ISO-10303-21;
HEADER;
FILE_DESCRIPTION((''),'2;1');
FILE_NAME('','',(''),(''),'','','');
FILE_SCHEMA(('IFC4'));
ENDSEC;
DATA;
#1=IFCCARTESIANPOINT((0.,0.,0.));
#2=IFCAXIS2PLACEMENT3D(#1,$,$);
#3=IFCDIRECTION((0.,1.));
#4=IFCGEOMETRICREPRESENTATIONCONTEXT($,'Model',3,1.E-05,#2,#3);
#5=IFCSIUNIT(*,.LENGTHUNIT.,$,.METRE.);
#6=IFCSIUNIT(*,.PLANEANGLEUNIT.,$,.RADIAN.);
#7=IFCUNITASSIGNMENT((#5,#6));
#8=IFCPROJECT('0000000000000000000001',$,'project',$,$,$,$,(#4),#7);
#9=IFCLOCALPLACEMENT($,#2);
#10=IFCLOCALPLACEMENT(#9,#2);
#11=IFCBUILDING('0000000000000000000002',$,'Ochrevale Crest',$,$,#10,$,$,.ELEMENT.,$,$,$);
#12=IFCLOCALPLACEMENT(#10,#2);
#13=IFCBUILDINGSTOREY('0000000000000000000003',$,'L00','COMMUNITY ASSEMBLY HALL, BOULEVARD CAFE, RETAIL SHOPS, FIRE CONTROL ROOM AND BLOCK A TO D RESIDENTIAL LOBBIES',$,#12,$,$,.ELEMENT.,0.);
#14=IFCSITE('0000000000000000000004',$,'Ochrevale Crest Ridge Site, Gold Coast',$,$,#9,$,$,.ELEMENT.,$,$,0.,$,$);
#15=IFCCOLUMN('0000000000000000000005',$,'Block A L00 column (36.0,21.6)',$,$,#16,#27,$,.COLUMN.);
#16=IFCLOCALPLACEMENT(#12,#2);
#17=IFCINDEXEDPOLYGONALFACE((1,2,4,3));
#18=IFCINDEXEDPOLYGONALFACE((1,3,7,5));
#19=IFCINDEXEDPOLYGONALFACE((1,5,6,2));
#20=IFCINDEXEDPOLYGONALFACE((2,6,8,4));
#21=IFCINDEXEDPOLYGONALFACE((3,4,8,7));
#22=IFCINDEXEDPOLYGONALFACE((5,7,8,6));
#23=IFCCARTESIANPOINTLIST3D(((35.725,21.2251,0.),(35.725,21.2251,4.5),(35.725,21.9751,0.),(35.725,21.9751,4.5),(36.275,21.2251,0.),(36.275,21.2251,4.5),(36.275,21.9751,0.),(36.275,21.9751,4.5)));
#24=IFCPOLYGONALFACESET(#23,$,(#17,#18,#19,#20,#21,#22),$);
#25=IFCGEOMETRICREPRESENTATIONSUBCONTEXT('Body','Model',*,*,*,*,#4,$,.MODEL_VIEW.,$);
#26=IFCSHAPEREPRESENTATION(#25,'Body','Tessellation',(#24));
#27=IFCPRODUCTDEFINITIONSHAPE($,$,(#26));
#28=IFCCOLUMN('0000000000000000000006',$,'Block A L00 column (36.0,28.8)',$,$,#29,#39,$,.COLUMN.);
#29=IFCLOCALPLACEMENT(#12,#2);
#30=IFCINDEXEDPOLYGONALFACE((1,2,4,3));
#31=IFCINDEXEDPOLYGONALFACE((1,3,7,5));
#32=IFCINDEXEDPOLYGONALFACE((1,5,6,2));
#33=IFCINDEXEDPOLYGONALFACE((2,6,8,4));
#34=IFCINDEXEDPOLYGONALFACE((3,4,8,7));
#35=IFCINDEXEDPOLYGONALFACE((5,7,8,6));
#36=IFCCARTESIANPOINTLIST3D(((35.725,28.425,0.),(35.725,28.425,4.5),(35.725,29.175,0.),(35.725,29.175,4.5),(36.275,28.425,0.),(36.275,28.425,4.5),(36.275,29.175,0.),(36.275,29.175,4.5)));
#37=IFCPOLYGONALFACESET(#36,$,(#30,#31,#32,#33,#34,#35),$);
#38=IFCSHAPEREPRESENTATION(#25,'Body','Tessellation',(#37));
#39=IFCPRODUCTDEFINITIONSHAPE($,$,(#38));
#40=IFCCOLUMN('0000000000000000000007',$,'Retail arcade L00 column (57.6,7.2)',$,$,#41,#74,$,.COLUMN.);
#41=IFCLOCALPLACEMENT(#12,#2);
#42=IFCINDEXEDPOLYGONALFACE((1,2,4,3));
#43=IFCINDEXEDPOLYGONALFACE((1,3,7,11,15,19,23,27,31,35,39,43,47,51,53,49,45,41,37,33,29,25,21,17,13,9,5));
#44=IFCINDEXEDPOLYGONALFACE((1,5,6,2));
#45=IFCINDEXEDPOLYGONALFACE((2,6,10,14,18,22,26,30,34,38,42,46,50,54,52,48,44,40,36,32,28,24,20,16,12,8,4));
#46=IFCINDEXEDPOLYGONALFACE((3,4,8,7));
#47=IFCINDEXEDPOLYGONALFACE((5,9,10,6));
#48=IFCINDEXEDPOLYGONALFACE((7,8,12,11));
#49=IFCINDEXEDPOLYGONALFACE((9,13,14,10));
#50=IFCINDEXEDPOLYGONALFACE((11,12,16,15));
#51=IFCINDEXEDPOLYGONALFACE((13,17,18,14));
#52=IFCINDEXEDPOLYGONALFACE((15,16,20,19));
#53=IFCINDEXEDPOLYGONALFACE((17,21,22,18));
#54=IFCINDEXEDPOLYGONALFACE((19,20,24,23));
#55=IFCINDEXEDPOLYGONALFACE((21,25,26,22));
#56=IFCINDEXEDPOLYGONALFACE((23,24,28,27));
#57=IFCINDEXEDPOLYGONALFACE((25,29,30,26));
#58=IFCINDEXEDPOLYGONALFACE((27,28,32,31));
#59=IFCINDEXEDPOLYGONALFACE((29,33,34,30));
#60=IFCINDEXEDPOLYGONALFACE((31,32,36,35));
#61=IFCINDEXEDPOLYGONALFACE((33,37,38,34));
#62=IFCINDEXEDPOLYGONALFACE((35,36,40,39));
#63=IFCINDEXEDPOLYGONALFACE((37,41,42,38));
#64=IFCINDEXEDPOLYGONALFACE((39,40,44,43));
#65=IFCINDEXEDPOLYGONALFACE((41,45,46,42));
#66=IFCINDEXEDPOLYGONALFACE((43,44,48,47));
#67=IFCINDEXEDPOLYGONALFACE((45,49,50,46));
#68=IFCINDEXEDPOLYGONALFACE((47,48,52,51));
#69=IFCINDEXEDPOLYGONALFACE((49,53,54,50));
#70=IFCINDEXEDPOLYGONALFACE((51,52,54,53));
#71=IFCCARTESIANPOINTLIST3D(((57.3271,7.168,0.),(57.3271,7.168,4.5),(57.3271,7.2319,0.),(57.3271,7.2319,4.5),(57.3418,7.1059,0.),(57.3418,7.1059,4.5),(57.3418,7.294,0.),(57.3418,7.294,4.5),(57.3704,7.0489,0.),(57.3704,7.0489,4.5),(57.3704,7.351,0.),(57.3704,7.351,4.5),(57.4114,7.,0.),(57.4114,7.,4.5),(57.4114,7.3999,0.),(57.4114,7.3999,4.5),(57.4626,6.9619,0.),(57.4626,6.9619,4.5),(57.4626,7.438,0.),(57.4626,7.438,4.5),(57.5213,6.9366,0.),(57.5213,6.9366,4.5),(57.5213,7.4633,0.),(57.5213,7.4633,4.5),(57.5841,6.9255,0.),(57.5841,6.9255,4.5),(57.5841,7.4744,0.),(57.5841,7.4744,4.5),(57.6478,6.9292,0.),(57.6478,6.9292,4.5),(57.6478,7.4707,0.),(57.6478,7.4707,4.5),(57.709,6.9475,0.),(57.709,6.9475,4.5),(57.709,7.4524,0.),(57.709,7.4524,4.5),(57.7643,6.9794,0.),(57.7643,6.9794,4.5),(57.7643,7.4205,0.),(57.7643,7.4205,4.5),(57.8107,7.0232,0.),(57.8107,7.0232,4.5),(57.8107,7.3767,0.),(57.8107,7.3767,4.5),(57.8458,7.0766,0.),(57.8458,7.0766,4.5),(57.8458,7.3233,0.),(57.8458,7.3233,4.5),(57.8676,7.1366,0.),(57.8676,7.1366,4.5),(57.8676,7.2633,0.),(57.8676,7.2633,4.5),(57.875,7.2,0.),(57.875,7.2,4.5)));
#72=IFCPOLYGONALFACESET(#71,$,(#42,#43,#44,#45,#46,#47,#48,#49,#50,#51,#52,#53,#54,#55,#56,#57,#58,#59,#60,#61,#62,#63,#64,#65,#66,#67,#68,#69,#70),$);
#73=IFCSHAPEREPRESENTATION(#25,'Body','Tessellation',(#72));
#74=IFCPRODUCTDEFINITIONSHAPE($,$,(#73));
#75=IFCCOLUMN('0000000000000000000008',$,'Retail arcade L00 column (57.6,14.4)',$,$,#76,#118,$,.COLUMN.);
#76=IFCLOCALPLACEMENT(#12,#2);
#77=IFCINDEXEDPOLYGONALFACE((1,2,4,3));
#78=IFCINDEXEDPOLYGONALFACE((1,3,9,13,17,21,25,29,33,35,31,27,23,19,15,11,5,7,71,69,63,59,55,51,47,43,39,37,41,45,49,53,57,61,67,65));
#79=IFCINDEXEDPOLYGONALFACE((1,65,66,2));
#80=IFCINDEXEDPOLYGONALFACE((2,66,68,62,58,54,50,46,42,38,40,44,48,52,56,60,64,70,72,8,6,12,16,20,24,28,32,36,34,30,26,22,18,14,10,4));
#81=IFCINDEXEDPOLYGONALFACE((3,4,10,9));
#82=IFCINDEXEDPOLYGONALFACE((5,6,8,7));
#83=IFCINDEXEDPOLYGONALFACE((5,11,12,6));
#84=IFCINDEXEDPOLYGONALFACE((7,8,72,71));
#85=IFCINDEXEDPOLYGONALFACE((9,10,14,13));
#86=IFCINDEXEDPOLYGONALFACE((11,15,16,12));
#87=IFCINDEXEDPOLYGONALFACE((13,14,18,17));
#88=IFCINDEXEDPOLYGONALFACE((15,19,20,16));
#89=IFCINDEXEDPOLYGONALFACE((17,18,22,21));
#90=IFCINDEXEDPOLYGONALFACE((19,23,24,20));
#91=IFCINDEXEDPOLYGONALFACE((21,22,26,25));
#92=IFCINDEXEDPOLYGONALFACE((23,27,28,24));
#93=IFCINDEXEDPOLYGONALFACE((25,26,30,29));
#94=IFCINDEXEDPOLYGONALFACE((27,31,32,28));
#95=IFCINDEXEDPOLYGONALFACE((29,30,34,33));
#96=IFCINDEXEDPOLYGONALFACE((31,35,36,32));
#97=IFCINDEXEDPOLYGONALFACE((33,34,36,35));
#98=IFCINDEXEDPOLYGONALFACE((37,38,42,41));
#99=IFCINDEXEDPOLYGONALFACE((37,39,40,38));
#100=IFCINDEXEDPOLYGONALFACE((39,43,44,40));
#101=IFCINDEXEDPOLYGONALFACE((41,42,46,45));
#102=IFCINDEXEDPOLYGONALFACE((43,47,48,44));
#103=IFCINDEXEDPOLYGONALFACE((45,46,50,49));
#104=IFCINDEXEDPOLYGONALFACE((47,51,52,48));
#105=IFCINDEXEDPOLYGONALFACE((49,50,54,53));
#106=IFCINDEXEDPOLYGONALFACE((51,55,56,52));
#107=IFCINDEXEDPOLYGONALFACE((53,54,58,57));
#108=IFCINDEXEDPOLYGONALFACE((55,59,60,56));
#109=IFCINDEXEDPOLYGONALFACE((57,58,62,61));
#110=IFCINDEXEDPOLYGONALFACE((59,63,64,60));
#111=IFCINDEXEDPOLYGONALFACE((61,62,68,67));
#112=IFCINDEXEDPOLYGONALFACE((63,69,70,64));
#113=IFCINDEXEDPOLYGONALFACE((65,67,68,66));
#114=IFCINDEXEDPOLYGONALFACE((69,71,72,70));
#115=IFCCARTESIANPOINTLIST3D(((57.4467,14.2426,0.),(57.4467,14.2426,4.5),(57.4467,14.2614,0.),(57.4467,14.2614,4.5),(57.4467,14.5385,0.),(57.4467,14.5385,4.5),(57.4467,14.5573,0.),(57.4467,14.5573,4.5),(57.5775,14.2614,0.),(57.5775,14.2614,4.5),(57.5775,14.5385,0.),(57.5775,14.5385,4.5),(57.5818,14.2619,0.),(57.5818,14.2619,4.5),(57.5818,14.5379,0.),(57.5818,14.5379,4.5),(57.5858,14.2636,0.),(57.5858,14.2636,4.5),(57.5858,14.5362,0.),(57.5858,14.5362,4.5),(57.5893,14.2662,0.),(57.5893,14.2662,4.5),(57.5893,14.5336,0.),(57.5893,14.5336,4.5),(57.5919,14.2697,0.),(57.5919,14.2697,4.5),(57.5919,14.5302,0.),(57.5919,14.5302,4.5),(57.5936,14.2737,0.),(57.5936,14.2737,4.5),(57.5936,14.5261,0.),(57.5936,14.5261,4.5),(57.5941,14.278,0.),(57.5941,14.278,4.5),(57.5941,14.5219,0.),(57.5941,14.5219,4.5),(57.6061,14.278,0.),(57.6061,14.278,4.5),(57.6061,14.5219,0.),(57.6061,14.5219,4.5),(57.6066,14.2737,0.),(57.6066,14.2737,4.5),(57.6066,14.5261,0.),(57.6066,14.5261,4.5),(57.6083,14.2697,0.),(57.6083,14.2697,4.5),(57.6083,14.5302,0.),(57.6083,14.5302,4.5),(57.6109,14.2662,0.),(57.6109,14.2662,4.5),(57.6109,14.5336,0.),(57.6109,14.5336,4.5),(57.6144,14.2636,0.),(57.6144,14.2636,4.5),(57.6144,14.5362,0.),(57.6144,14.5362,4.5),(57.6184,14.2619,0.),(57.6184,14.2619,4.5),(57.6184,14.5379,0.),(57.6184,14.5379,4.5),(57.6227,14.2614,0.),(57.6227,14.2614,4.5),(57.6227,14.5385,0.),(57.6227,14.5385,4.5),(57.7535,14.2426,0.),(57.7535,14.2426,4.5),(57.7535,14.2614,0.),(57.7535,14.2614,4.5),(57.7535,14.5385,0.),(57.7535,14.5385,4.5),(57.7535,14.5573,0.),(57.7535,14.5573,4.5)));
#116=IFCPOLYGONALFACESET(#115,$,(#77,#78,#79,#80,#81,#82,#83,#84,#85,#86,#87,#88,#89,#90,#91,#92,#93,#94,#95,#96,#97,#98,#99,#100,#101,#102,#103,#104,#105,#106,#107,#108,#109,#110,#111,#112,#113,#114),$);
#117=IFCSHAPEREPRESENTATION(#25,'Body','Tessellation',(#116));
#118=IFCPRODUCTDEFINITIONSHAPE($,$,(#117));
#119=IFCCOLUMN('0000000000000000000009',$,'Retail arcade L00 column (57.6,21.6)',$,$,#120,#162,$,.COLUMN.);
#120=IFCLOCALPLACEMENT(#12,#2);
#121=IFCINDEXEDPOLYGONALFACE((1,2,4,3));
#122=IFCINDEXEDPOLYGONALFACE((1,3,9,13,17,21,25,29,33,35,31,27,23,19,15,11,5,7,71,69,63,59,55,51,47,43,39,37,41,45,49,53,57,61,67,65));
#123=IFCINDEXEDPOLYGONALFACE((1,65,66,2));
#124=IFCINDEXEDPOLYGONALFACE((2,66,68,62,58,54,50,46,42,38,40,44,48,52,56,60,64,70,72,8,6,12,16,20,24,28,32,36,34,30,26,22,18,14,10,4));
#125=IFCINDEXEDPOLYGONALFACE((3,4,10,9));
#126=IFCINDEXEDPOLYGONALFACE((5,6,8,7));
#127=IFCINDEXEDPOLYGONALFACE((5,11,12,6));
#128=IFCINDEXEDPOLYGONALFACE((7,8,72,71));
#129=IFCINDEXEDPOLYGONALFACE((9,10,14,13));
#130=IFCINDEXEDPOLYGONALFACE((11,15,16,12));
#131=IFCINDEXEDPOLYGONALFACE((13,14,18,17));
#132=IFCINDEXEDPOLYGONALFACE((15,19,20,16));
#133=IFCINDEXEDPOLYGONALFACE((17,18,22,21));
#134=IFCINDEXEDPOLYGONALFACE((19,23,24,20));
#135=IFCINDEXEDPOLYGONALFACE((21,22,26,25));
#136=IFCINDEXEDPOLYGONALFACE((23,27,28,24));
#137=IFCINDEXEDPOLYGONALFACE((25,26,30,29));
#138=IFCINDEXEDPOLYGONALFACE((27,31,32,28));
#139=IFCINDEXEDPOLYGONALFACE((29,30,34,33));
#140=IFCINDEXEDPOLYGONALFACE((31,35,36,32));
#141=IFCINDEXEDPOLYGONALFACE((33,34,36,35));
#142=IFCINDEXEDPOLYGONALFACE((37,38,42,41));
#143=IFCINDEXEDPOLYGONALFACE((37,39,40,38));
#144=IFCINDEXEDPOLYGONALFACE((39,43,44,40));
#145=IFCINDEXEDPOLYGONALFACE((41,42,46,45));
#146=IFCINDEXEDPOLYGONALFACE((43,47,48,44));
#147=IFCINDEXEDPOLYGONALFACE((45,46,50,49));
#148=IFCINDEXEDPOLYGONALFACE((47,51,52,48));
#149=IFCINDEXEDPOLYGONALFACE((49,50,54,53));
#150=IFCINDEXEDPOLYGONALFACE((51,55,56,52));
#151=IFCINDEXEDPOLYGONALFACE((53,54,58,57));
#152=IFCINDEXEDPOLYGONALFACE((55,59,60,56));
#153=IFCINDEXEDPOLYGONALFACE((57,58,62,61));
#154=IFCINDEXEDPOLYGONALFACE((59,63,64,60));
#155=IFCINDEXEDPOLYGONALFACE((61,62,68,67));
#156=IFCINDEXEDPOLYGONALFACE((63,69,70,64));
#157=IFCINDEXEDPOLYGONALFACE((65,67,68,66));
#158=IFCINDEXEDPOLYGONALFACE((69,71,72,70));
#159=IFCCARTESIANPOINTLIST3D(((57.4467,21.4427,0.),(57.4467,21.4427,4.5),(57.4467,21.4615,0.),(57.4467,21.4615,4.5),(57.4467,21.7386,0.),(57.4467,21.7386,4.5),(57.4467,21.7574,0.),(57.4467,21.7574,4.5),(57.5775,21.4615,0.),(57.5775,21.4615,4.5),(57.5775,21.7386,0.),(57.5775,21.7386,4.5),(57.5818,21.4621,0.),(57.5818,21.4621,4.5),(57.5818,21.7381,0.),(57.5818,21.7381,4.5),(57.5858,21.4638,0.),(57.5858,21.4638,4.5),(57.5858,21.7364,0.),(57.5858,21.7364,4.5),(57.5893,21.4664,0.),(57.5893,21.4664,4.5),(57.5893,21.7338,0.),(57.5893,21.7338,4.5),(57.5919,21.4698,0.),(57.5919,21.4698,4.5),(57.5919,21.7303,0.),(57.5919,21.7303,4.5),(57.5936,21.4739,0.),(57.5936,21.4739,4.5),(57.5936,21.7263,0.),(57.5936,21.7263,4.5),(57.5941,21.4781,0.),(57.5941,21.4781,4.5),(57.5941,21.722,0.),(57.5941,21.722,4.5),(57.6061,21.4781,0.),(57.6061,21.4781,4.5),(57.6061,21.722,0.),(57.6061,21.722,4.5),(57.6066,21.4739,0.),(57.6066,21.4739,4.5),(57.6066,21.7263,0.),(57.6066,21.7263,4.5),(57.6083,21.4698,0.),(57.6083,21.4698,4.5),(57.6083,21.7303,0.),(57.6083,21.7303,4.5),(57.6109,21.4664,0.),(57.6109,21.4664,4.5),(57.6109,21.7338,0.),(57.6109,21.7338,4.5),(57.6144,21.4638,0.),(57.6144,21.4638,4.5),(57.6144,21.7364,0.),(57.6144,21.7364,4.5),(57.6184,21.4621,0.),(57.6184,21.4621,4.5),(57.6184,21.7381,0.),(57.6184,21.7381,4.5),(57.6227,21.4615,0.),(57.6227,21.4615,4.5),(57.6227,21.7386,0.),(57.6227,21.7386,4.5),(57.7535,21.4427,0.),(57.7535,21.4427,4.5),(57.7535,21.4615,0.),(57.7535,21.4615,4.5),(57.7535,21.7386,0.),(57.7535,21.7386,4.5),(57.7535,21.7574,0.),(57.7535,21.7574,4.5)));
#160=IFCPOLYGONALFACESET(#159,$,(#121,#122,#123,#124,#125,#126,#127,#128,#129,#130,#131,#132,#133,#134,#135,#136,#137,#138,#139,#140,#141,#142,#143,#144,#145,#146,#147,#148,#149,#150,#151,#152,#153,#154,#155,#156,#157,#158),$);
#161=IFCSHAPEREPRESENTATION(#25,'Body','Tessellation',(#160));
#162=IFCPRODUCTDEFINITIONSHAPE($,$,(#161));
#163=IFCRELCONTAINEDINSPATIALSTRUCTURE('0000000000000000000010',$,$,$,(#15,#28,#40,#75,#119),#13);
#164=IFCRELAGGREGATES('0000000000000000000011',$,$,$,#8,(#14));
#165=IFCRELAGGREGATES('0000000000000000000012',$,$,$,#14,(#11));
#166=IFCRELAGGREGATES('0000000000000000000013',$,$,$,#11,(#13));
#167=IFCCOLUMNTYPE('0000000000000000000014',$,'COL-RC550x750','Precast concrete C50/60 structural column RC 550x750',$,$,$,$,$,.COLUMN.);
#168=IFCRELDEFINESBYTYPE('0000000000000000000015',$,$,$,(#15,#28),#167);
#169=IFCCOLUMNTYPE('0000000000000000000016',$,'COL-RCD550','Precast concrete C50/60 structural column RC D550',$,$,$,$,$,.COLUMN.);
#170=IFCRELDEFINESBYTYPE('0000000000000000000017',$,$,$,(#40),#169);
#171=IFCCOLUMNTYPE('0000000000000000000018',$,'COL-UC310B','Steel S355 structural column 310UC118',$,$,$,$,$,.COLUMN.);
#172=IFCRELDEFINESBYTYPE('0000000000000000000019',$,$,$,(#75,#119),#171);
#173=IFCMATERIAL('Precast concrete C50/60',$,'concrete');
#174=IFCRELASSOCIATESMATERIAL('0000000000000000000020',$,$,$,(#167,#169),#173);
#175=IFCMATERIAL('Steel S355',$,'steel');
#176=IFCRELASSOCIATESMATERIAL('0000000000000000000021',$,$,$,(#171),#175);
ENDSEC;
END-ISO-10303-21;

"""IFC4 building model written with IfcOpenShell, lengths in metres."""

from ifc_helpers import new_model, si_unit, direction, frame, origin, origin_2d, place, context, subcontext, project, spatial, rectangle, circle, i_section, extrude, material, material_profile, profile_set, type_object, element, save


model = new_model("IFC4")

# Units and contexts
model_context = context("Model", 3, precision=1e-05, world=origin(), true_north=direction((0.0, 1.0)))
body_context = subcontext(model_context, "Body", "Model", "MODEL_VIEW")
ifc_project = project(units=[si_unit("LENGTHUNIT", "METRE"), si_unit("PLANEANGLEUNIT", "RADIAN")], contexts=[model_context])

# Site, building, storey
site_placement = place(None, origin())
site = spatial("IfcSite", under=ifc_project, at=site_placement, Name="Ochrevale Crest Ridge Site, Gold Coast", CompositionType="ELEMENT", RefElevation=0.0)
building_placement = place(site_placement, origin())
building = spatial("IfcBuilding", under=site, at=building_placement, Name="Ochrevale Crest", CompositionType="ELEMENT")
storey_placement = place(building_placement, origin())
storey = spatial("IfcBuildingStorey", under=building, at=storey_placement, Name="L00", Description="COMMUNITY ASSEMBLY HALL, BOULEVARD CAFE, RETAIL SHOPS, FIRE CONTROL ROOM AND BLOCK A TO D RESIDENTIAL LOBBIES", CompositionType="ELEMENT", Elevation=0.0)

# Columns
ifc_material_1 = material(Name="Precast concrete C50/60", Category="concrete")
ifc_material_profile_1 = material_profile(ifc_material_1, rectangle(XDim=0.55, YDim=0.75, at=origin_2d()), Name="RC 550x750")
ifc_profile_set_1 = profile_set([ifc_material_profile_1], Name="Precast concrete C50/60")
column_type_1 = type_object("IfcColumnType", Name="COL-RC550x750", Description="Precast concrete C50/60 structural column RC 550x750", PredefinedType="COLUMN", material=ifc_profile_set_1)
for number, where, z_axis, x_axis, name in (
    (1, (36.0, 21.6001, 0.0), (0.0, 0.0, 1.0), (1.0, 0.0, 0.0), "Block A L00 column (36.0,21.6)"),
    (2, (36.0, 28.8, 0.0), (0.0, 0.0, 1.0), (1.0, 0.0, 0.0), "Block A L00 column (36.0,28.8)"),
):
    element("IfcColumn", number, at=place(storey_placement, frame(where, z_axis=z_axis, x_axis=x_axis)), inside=storey, type_object=column_type_1, Name=name, PredefinedType="COLUMN", context=body_context, shape_type="SweptSolid", body=[
        extrude(rectangle(XDim=0.55, YDim=0.75, at=origin_2d()), origin(), (0.0, 0.0, 1.0), 4.5),
    ])
ifc_material_profile_2 = material_profile(ifc_material_1, circle(Radius=0.2749, at=origin_2d()), Name="RC D550")
ifc_profile_set_2 = profile_set([ifc_material_profile_2], Name="Precast concrete C50/60")
column_type_2 = type_object("IfcColumnType", Name="COL-RCD550", Description="Precast concrete C50/60 structural column RC D550", PredefinedType="COLUMN", material=ifc_profile_set_2)
column_placement = place(storey_placement, frame((57.6001, 7.2, 0.0), z_axis=(0.0, 0.0, 1.0), x_axis=(1.0, 0.0, 0.0)))
element("IfcColumn", 3, at=column_placement, inside=storey, type_object=column_type_2, Name="Retail arcade L00 column (57.6,7.2)", PredefinedType="COLUMN", context=body_context, shape_type="SweptSolid", body=[
    extrude(circle(Radius=0.2749, at=origin_2d()), origin(), (0.0, 0.0, 1.0), 4.5),
])
ifc_material_2 = material(Name="Steel S355", Category="steel")
ifc_material_profile_3 = material_profile(ifc_material_2, i_section(OverallWidth=0.3069, OverallDepth=0.3147, WebThickness=0.012, FlangeThickness=0.0188, FilletRadius=0.0166, at=origin_2d()), Name="310UC118")
ifc_profile_set_3 = profile_set([ifc_material_profile_3], Name="Steel S355")
column_type_3 = type_object("IfcColumnType", Name="COL-UC310B", Description="Steel S355 structural column 310UC118", PredefinedType="COLUMN", material=ifc_profile_set_3)
for number, where, z_axis, x_axis, name in (
    (4, (57.6001, 14.3999, 0.0), (0.0, 0.0, 1.0), (1.0, 0.0, 0.0), "Retail arcade L00 column (57.6,14.4)"),
    (5, (57.6001, 21.6001, 0.0), (0.0, 0.0, 1.0), (1.0, 0.0, 0.0), "Retail arcade L00 column (57.6,21.6)"),
):
    element("IfcColumn", number, at=place(storey_placement, frame(where, z_axis=z_axis, x_axis=x_axis)), inside=storey, type_object=column_type_3, Name=name, PredefinedType="COLUMN", context=body_context, shape_type="SweptSolid", body=[
        extrude(i_section(OverallWidth=0.3069, OverallDepth=0.3147, WebThickness=0.012, FlangeThickness=0.0188, FilletRadius=0.0166, at=origin_2d()), origin(), (0.0, 0.0, 1.0), 4.5),
    ])

save(model, "model.ifc")
